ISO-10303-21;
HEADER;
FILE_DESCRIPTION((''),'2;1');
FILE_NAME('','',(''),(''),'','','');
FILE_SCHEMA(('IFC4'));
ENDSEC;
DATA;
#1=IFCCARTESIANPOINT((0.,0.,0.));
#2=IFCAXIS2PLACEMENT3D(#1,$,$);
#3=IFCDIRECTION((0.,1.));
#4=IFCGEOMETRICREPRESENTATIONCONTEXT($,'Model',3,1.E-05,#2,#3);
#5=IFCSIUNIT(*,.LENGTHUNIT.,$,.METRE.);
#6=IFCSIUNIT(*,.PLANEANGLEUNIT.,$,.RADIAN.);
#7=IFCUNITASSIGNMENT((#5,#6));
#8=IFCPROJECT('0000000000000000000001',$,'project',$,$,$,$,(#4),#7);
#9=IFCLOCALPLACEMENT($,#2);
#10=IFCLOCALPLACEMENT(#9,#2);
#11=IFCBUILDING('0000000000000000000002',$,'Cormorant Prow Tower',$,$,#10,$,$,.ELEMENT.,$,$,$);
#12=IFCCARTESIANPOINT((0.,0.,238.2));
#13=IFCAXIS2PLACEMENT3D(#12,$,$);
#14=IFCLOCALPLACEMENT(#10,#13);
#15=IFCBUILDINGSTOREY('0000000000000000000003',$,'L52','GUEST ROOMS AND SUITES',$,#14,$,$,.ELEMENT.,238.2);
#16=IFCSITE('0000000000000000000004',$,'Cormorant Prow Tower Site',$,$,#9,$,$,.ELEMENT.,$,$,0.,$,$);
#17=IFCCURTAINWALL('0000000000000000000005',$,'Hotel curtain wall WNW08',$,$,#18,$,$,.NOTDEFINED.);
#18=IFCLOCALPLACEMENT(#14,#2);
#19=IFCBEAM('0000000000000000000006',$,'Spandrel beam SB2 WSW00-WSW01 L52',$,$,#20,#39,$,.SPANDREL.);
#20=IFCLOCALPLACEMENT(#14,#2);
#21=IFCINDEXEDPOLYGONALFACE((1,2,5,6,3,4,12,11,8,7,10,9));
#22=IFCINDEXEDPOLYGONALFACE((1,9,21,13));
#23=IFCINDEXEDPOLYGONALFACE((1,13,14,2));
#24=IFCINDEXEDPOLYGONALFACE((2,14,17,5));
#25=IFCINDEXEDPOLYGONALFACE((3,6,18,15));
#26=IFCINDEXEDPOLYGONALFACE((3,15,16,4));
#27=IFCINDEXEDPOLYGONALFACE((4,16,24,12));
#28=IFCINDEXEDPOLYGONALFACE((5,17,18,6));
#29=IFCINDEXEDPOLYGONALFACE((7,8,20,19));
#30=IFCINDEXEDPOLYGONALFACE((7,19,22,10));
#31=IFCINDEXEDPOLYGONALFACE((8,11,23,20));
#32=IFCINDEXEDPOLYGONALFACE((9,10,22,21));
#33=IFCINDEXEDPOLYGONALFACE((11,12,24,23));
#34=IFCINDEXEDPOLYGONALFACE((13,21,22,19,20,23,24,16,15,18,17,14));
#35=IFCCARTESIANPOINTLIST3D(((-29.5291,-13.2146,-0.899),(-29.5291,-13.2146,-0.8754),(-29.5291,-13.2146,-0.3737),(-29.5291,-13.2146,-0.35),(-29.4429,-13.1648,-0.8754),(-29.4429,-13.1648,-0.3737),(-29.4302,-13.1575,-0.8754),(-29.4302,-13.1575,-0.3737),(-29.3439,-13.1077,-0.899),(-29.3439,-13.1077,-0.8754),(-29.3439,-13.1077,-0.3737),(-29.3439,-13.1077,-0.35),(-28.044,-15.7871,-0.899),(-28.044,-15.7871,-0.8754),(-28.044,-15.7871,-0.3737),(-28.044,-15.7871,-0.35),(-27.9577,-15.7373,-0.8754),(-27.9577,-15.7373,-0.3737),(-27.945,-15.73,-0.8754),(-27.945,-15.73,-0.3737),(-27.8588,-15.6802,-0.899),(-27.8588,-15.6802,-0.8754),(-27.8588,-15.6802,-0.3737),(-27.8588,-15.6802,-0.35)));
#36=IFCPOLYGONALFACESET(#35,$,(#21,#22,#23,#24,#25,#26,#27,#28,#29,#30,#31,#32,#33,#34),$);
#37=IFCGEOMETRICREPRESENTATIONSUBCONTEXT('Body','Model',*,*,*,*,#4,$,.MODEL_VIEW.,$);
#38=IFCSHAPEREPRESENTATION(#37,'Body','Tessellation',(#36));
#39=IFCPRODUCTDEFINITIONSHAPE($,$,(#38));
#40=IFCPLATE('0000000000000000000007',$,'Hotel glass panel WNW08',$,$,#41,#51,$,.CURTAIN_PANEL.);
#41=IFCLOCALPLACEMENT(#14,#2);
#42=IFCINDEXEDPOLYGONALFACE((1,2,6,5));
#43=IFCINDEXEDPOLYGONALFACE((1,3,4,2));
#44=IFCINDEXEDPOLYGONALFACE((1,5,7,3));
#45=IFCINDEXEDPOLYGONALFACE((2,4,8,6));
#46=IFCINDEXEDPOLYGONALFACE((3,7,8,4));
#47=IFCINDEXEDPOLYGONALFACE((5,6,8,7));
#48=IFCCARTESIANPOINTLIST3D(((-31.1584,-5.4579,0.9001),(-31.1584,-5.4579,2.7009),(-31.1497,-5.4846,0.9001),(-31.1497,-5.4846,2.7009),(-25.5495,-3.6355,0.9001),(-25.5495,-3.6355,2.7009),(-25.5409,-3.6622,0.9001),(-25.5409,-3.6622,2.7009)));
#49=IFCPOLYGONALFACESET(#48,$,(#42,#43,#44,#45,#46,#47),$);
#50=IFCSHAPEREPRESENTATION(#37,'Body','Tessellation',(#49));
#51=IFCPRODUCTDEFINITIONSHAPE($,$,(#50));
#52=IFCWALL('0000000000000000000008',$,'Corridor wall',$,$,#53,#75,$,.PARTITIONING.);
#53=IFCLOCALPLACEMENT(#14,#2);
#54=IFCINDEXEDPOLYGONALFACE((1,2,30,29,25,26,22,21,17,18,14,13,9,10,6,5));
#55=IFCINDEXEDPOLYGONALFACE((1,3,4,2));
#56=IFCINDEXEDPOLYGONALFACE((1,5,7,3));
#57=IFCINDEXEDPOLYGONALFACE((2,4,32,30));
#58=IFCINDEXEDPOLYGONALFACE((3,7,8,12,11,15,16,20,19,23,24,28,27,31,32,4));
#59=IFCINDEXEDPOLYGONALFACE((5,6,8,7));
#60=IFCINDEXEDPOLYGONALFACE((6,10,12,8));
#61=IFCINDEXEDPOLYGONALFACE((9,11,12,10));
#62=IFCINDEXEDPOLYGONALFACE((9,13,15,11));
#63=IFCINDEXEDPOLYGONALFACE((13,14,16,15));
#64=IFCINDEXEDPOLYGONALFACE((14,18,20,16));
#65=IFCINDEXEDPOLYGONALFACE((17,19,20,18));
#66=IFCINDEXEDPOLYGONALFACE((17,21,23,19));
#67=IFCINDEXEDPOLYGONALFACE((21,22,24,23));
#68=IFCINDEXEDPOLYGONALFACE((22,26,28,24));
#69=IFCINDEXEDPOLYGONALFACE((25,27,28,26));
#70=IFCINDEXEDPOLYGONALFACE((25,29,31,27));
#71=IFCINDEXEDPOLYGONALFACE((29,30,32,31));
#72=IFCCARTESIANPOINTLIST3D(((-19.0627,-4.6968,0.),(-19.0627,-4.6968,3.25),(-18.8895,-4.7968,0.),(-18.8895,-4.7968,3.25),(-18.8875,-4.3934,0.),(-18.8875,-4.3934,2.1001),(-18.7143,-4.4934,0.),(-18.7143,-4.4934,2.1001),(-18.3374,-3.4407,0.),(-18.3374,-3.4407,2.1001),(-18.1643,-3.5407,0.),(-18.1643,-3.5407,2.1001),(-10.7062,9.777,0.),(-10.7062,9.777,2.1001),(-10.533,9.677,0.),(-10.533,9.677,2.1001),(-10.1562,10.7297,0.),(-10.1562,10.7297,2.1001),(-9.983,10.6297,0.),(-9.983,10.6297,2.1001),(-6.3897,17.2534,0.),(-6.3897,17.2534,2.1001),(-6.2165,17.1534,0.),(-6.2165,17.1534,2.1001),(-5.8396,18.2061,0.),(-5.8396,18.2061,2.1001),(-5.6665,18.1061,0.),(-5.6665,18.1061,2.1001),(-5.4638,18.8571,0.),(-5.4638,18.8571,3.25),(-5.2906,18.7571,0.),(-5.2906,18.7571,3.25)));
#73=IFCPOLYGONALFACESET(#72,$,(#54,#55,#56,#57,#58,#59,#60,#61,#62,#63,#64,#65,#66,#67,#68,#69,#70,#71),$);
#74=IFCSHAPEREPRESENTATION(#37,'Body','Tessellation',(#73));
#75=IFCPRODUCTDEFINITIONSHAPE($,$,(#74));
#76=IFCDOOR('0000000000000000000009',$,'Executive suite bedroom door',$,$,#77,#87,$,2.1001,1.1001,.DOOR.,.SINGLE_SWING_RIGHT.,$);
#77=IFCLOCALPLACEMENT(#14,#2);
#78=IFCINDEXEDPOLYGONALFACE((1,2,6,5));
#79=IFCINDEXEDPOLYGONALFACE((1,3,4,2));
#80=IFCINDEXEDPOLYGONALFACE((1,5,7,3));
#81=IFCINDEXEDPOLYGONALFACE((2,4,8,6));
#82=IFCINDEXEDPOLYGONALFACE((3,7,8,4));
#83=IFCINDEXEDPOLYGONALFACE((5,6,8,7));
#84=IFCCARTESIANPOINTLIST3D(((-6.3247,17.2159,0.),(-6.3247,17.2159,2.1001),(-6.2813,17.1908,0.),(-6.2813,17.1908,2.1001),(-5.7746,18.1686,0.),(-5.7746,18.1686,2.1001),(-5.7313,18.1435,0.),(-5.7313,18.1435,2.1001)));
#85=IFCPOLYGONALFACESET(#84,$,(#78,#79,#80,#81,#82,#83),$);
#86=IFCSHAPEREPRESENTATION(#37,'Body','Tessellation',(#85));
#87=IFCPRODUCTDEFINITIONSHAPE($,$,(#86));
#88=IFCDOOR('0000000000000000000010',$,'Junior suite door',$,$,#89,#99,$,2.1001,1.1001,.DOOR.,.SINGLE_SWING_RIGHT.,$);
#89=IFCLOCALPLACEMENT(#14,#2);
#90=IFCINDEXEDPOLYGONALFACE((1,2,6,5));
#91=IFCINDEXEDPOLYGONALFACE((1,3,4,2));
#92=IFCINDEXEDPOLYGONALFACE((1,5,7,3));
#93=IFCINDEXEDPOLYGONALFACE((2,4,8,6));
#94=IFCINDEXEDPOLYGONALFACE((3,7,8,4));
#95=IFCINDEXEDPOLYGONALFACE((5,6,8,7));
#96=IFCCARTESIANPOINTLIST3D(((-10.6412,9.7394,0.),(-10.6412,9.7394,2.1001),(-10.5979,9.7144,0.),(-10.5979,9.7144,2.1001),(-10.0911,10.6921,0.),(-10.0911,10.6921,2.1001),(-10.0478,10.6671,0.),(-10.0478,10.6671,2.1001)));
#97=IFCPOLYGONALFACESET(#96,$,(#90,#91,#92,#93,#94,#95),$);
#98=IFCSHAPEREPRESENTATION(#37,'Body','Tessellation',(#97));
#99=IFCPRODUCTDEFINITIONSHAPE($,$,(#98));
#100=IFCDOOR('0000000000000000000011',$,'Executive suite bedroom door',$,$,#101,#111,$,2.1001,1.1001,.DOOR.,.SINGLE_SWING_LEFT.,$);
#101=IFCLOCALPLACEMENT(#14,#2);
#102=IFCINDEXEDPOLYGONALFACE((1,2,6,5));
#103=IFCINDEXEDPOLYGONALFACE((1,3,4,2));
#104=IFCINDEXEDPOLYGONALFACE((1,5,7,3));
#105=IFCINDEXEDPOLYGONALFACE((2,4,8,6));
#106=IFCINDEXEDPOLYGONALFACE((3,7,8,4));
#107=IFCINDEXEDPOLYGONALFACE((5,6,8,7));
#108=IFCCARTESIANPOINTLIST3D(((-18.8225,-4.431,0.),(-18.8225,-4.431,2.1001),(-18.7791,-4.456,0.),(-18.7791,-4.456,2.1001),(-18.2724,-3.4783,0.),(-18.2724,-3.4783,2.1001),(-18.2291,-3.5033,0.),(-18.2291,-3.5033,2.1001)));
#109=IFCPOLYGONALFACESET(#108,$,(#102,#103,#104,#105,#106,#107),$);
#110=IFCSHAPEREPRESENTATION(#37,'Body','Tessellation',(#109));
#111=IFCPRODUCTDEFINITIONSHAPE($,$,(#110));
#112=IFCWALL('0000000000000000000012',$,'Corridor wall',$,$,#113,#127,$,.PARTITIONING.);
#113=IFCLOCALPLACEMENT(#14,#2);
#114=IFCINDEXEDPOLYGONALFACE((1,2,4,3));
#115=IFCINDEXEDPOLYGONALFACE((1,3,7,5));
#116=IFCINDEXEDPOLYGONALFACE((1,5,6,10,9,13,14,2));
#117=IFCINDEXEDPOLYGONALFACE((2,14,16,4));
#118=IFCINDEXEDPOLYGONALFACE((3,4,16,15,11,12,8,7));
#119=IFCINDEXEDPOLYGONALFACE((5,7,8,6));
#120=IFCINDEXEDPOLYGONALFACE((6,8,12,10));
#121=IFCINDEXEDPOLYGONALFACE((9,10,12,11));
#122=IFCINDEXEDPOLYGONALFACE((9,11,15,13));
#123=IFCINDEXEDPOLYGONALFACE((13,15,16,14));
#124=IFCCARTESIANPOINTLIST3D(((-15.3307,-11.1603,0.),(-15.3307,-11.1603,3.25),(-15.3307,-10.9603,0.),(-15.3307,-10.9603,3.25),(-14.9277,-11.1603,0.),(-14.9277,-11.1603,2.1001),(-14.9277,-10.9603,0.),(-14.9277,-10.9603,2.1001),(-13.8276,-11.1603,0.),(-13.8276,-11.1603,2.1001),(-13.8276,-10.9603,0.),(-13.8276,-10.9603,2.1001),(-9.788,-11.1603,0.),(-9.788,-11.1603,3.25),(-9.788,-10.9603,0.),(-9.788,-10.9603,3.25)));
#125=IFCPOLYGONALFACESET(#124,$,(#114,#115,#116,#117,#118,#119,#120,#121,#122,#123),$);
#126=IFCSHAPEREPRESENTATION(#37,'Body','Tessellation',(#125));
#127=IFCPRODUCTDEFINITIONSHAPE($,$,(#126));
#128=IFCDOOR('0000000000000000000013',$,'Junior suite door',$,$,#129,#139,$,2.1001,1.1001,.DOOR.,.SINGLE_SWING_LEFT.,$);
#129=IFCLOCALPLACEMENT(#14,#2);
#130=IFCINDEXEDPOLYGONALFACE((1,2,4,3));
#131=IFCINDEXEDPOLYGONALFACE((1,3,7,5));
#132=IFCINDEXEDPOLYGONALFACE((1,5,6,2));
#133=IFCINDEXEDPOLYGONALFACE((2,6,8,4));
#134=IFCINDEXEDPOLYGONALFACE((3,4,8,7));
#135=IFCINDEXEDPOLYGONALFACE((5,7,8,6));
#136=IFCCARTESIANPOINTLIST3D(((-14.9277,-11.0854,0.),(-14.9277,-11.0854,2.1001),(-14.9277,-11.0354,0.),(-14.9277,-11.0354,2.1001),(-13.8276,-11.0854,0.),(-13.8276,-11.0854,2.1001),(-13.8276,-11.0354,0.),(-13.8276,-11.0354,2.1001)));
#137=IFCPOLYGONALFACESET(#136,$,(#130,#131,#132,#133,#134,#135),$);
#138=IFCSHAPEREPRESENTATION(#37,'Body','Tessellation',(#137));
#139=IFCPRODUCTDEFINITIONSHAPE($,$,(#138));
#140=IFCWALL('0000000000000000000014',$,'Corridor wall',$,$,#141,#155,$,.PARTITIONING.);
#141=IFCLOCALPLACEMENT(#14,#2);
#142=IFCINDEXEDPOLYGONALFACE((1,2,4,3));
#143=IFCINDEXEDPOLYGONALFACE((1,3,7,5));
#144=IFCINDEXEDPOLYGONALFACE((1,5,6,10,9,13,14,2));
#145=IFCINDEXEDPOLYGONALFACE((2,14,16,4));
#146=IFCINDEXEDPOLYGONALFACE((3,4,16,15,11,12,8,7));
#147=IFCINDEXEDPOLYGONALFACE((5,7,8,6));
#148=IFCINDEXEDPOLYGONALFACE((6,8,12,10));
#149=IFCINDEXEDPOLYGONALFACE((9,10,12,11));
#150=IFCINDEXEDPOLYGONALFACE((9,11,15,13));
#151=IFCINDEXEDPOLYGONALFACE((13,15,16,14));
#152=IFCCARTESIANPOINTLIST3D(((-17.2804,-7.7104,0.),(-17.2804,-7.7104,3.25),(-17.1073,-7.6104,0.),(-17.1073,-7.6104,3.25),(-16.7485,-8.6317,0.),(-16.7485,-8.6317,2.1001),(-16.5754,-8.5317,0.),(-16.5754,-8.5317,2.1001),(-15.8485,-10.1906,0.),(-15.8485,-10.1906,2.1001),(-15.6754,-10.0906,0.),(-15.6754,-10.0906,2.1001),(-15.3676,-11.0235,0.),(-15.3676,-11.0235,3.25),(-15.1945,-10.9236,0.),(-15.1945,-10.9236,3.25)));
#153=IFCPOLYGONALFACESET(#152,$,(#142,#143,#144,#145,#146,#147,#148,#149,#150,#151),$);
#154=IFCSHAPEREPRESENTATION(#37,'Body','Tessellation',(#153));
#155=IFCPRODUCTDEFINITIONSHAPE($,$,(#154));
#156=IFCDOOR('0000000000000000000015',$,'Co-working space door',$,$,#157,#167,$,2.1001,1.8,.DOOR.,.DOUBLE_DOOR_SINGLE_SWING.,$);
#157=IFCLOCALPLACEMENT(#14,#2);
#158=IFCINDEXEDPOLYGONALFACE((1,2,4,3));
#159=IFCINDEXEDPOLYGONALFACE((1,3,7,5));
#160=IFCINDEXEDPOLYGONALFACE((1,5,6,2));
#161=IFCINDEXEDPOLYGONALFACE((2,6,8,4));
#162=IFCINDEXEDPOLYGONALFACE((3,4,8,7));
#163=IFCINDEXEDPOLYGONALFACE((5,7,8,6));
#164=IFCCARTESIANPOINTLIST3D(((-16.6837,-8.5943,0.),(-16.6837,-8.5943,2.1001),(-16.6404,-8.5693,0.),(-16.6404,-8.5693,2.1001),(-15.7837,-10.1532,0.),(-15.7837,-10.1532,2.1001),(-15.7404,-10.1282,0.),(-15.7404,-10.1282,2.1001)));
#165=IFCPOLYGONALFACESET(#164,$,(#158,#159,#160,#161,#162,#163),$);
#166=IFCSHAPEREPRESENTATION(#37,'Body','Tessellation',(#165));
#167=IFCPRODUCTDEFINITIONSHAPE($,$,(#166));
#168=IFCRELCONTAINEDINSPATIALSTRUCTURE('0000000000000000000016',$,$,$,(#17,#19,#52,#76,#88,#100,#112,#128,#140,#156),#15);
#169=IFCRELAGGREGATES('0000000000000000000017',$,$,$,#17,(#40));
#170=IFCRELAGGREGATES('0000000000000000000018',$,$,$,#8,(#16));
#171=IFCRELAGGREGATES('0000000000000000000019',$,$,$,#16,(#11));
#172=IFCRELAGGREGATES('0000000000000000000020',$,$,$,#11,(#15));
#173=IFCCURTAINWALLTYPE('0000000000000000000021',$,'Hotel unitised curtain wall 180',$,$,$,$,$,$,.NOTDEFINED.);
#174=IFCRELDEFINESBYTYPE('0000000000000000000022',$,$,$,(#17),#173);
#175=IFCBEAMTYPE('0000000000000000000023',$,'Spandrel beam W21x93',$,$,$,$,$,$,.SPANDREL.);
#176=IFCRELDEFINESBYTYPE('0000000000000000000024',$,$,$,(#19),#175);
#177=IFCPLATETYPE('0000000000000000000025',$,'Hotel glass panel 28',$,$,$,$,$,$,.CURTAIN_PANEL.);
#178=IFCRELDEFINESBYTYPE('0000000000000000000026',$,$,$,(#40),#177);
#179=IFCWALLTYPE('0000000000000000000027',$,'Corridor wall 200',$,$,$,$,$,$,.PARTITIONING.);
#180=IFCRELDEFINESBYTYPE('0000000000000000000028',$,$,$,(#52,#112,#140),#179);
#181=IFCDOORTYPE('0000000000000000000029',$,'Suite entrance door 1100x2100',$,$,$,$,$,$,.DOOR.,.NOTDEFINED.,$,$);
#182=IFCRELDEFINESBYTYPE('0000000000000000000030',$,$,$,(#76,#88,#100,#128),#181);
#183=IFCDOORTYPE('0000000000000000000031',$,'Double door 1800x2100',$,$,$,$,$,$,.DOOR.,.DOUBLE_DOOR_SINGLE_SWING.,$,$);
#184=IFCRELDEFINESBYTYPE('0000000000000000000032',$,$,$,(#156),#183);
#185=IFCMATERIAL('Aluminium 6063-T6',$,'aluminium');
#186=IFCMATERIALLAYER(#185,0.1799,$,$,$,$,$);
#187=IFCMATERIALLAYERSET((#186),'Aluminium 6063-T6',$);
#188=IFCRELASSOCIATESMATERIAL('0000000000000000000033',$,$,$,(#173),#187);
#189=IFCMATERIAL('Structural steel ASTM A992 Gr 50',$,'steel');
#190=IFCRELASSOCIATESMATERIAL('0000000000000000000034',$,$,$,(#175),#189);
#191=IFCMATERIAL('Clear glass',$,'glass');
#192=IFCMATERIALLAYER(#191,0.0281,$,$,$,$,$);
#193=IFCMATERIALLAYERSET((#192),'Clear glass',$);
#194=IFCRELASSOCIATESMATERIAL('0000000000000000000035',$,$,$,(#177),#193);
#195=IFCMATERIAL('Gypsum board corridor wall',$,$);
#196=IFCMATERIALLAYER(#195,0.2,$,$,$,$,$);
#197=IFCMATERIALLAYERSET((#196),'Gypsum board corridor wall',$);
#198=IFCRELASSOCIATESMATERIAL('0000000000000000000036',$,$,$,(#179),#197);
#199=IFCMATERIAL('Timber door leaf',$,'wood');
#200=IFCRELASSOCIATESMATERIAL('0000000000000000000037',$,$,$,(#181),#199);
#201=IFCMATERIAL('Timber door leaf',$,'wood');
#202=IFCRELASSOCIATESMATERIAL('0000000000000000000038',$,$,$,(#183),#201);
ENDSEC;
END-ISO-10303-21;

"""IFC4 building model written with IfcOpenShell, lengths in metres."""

from ifc_helpers import new_model, si_unit, direction, frame, frame_2d, origin, origin_2d, place, context, subcontext, project, spatial, rectangle, i_section, extrude, material, layer, layer_set, material_profile, profile_set, type_object, element, fill, aggregate, save


model = new_model("IFC4")

# Units and contexts
model_context = context("Model", 3, precision=1e-05, world=origin(), true_north=direction((0.0, 1.0)))
body_context = subcontext(model_context, "Body", "Model", "MODEL_VIEW")
ifc_project = project(units=[si_unit("LENGTHUNIT", "METRE"), si_unit("PLANEANGLEUNIT", "RADIAN")], contexts=[model_context])

# Site, building, storey
site_placement = place(None, origin())
site = spatial("IfcSite", under=ifc_project, at=site_placement, Name="Cormorant Prow Tower Site", CompositionType="ELEMENT", RefElevation=0.0)
building_placement = place(site_placement, origin())
building = spatial("IfcBuilding", under=site, at=building_placement, Name="Cormorant Prow Tower", CompositionType="ELEMENT")
storey_placement = place(building_placement, frame((0.0, 0.0, 238.2)))
storey = spatial("IfcBuildingStorey", under=building, at=storey_placement, Name="L52", Description="GUEST ROOMS AND SUITES", CompositionType="ELEMENT", Elevation=238.2)

# Curtain wall
ifc_material_1 = material(Name="Aluminium 6063-T6", Category="aluminium")
ifc_layer_1 = layer(ifc_material_1, 0.1799)
ifc_layer_set_1 = layer_set([ifc_layer_1], Name="Aluminium 6063-T6")
curtain_wall_type = type_object("IfcCurtainWallType", Name="Hotel unitised curtain wall 180", PredefinedType="NOTDEFINED", material=ifc_layer_set_1)
curtain_wall_placement = place(storey_placement, origin())
curtain_wall = element("IfcCurtainWall", 1, at=curtain_wall_placement, inside=storey, type_object=curtain_wall_type, Name="Hotel curtain wall WNW08", PredefinedType="NOTDEFINED")

# Beam
ifc_material_2 = material(Name="Structural steel ASTM A992 Gr 50", Category="steel")
ifc_material_profile_1 = material_profile(ifc_material_2, i_section(OverallWidth=0.2139, OverallDepth=0.5491, WebThickness=0.0146, FlangeThickness=0.0237, at=origin_2d()), Name="W21x93")
ifc_profile_set_1 = profile_set([ifc_material_profile_1], Name="Structural steel ASTM A992 Gr 50")
beam_type_1 = type_object("IfcBeamType", Name="Spandrel beam W21x93", PredefinedType="SPANDREL", material=ifc_profile_set_1)
beam_1_placement = place(storey_placement, frame((-29.4365, -13.1611, -0.6245), z_axis=(0.499967, -0.866045, 0.0), x_axis=(0.866045, 0.499967, 0.0)))
element("IfcBeam", 2, at=beam_1_placement, inside=storey, type_object=beam_type_1, Name="Spandrel beam SB2 WSW00-WSW01 L52", PredefinedType="SPANDREL", context=body_context, shape_type="SweptSolid", body=[
    extrude(i_section(OverallWidth=0.2139, OverallDepth=0.5491, WebThickness=0.0146, FlangeThickness=0.0237, at=origin_2d()), origin(), (0.0, 0.0, 1.0), 2.9705),
])

# Plate
ifc_material_3 = material(Name="Clear glass", Category="glass")
ifc_layer_2 = layer(ifc_material_3, 0.0281)
ifc_layer_set_2 = layer_set([ifc_layer_2], Name="Clear glass")
plate_type = type_object("IfcPlateType", Name="Hotel glass panel 28", PredefinedType="CURTAIN_PANEL", material=ifc_layer_set_2)
plate_placement = place(storey_placement, frame((-28.3496, -4.5601, 0.9001), z_axis=(0.0, 0.0, 1.0), x_axis=(-0.951057, -0.309017, 0.0)))
plate = element("IfcPlate", 3, at=plate_placement, type_object=plate_type, Name="Hotel glass panel WNW08", PredefinedType="CURTAIN_PANEL", context=body_context, shape_type="SweptSolid", body=[
    extrude(rectangle(XDim=5.8975, YDim=0.0281, at=origin_2d()), origin(), (0.0, 0.0, 1.0), 1.8008),
])
aggregate(curtain_wall, [plate])

# Wall, openings, doors
ifc_material_4 = material(Name="Gypsum board corridor wall")
ifc_layer_3 = layer(ifc_material_4, 0.2)
ifc_layer_set_3 = layer_set([ifc_layer_3], Name="Gypsum board corridor wall")
wall_type_1 = type_object("IfcWallType", Name="Corridor wall 200", PredefinedType="PARTITIONING", material=ifc_layer_set_3)
wall_1_placement = place(storey_placement, frame((-18.9761, -4.7468, 0.0), z_axis=(0.0, 0.0, 1.0), x_axis=(0.5, 0.866025, 0.0)))
wall_1 = element("IfcWall", 4, at=wall_1_placement, inside=storey, type_object=wall_type_1, Name="Corridor wall", PredefinedType="PARTITIONING", context=body_context, shape_type="SweptSolid", body=[
    extrude(rectangle(XDim=27.1978, YDim=0.2, at=frame_2d((13.5989, 0.0))), origin(), (0.0, 0.0, 1.0), 3.25),
])
opening_1_placement = place(wall_1_placement, frame((25.3459, 0.0, 0.0)))
opening_1 = element("IfcOpeningElement", 5, at=opening_1_placement, cuts=wall_1, PredefinedType="OPENING", context=body_context, shape_type="SweptSolid", body=[
    extrude(rectangle(XDim=1.1001, YDim=2.1001, at=frame_2d((0.55, 1.05))), frame((0.0, 0.1099, 0.0), z_axis=(0.0, -1.0, 0.0), x_axis=(1.0, 0.0, 0.0)), (0.0, 0.0, 1.0), 0.22),
])
opening_2_placement = place(wall_1_placement, frame((16.7129, 0.0, 0.0)))
opening_2 = element("IfcOpeningElement", 6, at=opening_2_placement, cuts=wall_1, PredefinedType="OPENING", context=body_context, shape_type="SweptSolid", body=[
    extrude(rectangle(XDim=1.1001, YDim=2.1001, at=frame_2d((0.55, 1.05))), frame((0.0, 0.1099, 0.0), z_axis=(0.0, -1.0, 0.0), x_axis=(1.0, 0.0, 0.0)), (0.0, 0.0, 1.0), 0.22),
])
opening_3_placement = place(wall_1_placement, frame((0.3503, 0.0, 0.0)))
opening_3 = element("IfcOpeningElement", 7, at=opening_3_placement, cuts=wall_1, PredefinedType="OPENING", context=body_context, shape_type="SweptSolid", body=[
    extrude(rectangle(XDim=1.1001, YDim=2.1001, at=frame_2d((0.55, 1.05))), frame((0.0, 0.1099, 0.0), z_axis=(0.0, -1.0, 0.0), x_axis=(1.0, 0.0, 0.0)), (0.0, 0.0, 1.0), 0.22),
])
ifc_material_5 = material(Name="Timber door leaf", Category="wood")
door_type_1 = type_object("IfcDoorType", Name="Suite entrance door 1100x2100", OperationType="NOTDEFINED", PredefinedType="DOOR", material=ifc_material_5)
door_1_placement = place(opening_1_placement, origin())
door_1 = element("IfcDoor", 8, at=door_1_placement, inside=storey, type_object=door_type_1, Name="Executive suite bedroom door", OperationType="SINGLE_SWING_RIGHT", OverallHeight=2.1001, OverallWidth=1.1001, PredefinedType="DOOR", context=body_context, shape_type="SweptSolid", body=[
    extrude(rectangle(XDim=1.1001, YDim=2.1001, at=frame_2d((0.55, 1.05))), frame((0.0, 0.0249, 0.0), z_axis=(0.0, -1.0, 0.0), x_axis=(1.0, 0.0, 0.0)), (0.0, 0.0, 1.0), 0.05),
])
fill(opening_1, door_1)
door_2_placement = place(opening_2_placement, origin())
door_2 = element("IfcDoor", 9, at=door_2_placement, inside=storey, type_object=door_type_1, Name="Junior suite door", OperationType="SINGLE_SWING_RIGHT", OverallHeight=2.1001, OverallWidth=1.1001, PredefinedType="DOOR", context=body_context, shape_type="SweptSolid", body=[
    extrude(rectangle(XDim=1.1001, YDim=2.1001, at=frame_2d((0.55, 1.05))), frame((0.0, 0.0249, 0.0), z_axis=(0.0, -1.0, 0.0), x_axis=(1.0, 0.0, 0.0)), (0.0, 0.0, 1.0), 0.05),
])
fill(opening_2, door_2)
door_3_placement = place(opening_3_placement, origin())
door_3 = element("IfcDoor", 10, at=door_3_placement, inside=storey, type_object=door_type_1, Name="Executive suite bedroom door", OperationType="SINGLE_SWING_LEFT", OverallHeight=2.1001, OverallWidth=1.1001, PredefinedType="DOOR", context=body_context, shape_type="SweptSolid", body=[
    extrude(rectangle(XDim=1.1001, YDim=2.1001, at=frame_2d((0.55, 1.05))), frame((0.0, 0.0249, 0.0), z_axis=(0.0, -1.0, 0.0), x_axis=(1.0, 0.0, 0.0)), (0.0, 0.0, 1.0), 0.05),
])
fill(opening_3, door_3)

# Walls, openings, doors
wall_2_placement = place(storey_placement, frame((-15.3308, -11.0603, 0.0), z_axis=(0.0, 0.0, 1.0), x_axis=(1.0, 0.0, 0.0)))
wall_2 = element("IfcWall", 11, at=wall_2_placement, inside=storey, type_object=wall_type_1, Name="Corridor wall", PredefinedType="PARTITIONING", context=body_context, shape_type="SweptSolid", body=[
    extrude(rectangle(XDim=5.5427, YDim=0.2, at=frame_2d((2.7715, 0.0))), origin(), (0.0, 0.0, 1.0), 3.25),
])
opening_4_placement = place(wall_2_placement, frame((0.4031, 0.0, 0.0)))
opening_4 = element("IfcOpeningElement", 12, at=opening_4_placement, cuts=wall_2, PredefinedType="OPENING", context=body_context, shape_type="SweptSolid", body=[
    extrude(rectangle(XDim=1.1001, YDim=2.1001, at=frame_2d((0.55, 1.05))), frame((0.0, 0.1099, 0.0), z_axis=(0.0, -1.0, 0.0), x_axis=(1.0, 0.0, 0.0)), (0.0, 0.0, 1.0), 0.22),
])
door_4_placement = place(opening_4_placement, origin())
door_4 = element("IfcDoor", 13, at=door_4_placement, inside=storey, type_object=door_type_1, Name="Junior suite door", OperationType="SINGLE_SWING_LEFT", OverallHeight=2.1001, OverallWidth=1.1001, PredefinedType="DOOR", context=body_context, shape_type="SweptSolid", body=[
    extrude(rectangle(XDim=1.1001, YDim=2.1001, at=frame_2d((0.55, 1.05))), frame((0.0, 0.0249, 0.0), z_axis=(0.0, -1.0, 0.0), x_axis=(1.0, 0.0, 0.0)), (0.0, 0.0, 1.0), 0.05),
])
fill(opening_4, door_4)
wall_3_placement = place(storey_placement, frame((-17.1938, -7.6604, 0.0), z_axis=(0.0, 0.0, 1.0), x_axis=(0.499989, -0.866031, 0.0)))
wall_3 = element("IfcWall", 14, at=wall_3_placement, inside=storey, type_object=wall_type_1, Name="Corridor wall", PredefinedType="PARTITIONING", context=body_context, shape_type="SweptSolid", body=[
    extrude(rectangle(XDim=3.8257, YDim=0.2, at=frame_2d((1.9128, 0.0))), origin(), (0.0, 0.0, 1.0), 3.25),
])
opening_5_placement = place(wall_3_placement, frame((1.064, 0.0, 0.0)))
opening_5 = element("IfcOpeningElement", 15, at=opening_5_placement, cuts=wall_3, PredefinedType="OPENING", context=body_context, shape_type="SweptSolid", body=[
    extrude(rectangle(XDim=1.8, YDim=2.1001, at=frame_2d((0.8999, 1.05))), frame((0.0, 0.1099, 0.0), z_axis=(0.0, -1.0, 0.0), x_axis=(1.0, 0.0, 0.0)), (0.0, 0.0, 1.0), 0.22),
])
ifc_material_6 = material(Name="Timber door leaf", Category="wood")
door_type_2 = type_object("IfcDoorType", Name="Double door 1800x2100", OperationType="DOUBLE_DOOR_SINGLE_SWING", PredefinedType="DOOR", material=ifc_material_6)
door_5_placement = place(opening_5_placement, origin())
door_5 = element("IfcDoor", 16, at=door_5_placement, inside=storey, type_object=door_type_2, Name="Co-working space door", OperationType="DOUBLE_DOOR_SINGLE_SWING", OverallHeight=2.1001, OverallWidth=1.8, PredefinedType="DOOR", context=body_context, shape_type="SweptSolid", body=[
    extrude(rectangle(XDim=1.8, YDim=2.1001, at=frame_2d((0.8999, 1.05))), frame((0.0, 0.0249, 0.0), z_axis=(0.0, -1.0, 0.0), x_axis=(1.0, 0.0, 0.0)), (0.0, 0.0, 1.0), 0.05),
])
fill(opening_5, door_5)

save(model, "model.ifc")
